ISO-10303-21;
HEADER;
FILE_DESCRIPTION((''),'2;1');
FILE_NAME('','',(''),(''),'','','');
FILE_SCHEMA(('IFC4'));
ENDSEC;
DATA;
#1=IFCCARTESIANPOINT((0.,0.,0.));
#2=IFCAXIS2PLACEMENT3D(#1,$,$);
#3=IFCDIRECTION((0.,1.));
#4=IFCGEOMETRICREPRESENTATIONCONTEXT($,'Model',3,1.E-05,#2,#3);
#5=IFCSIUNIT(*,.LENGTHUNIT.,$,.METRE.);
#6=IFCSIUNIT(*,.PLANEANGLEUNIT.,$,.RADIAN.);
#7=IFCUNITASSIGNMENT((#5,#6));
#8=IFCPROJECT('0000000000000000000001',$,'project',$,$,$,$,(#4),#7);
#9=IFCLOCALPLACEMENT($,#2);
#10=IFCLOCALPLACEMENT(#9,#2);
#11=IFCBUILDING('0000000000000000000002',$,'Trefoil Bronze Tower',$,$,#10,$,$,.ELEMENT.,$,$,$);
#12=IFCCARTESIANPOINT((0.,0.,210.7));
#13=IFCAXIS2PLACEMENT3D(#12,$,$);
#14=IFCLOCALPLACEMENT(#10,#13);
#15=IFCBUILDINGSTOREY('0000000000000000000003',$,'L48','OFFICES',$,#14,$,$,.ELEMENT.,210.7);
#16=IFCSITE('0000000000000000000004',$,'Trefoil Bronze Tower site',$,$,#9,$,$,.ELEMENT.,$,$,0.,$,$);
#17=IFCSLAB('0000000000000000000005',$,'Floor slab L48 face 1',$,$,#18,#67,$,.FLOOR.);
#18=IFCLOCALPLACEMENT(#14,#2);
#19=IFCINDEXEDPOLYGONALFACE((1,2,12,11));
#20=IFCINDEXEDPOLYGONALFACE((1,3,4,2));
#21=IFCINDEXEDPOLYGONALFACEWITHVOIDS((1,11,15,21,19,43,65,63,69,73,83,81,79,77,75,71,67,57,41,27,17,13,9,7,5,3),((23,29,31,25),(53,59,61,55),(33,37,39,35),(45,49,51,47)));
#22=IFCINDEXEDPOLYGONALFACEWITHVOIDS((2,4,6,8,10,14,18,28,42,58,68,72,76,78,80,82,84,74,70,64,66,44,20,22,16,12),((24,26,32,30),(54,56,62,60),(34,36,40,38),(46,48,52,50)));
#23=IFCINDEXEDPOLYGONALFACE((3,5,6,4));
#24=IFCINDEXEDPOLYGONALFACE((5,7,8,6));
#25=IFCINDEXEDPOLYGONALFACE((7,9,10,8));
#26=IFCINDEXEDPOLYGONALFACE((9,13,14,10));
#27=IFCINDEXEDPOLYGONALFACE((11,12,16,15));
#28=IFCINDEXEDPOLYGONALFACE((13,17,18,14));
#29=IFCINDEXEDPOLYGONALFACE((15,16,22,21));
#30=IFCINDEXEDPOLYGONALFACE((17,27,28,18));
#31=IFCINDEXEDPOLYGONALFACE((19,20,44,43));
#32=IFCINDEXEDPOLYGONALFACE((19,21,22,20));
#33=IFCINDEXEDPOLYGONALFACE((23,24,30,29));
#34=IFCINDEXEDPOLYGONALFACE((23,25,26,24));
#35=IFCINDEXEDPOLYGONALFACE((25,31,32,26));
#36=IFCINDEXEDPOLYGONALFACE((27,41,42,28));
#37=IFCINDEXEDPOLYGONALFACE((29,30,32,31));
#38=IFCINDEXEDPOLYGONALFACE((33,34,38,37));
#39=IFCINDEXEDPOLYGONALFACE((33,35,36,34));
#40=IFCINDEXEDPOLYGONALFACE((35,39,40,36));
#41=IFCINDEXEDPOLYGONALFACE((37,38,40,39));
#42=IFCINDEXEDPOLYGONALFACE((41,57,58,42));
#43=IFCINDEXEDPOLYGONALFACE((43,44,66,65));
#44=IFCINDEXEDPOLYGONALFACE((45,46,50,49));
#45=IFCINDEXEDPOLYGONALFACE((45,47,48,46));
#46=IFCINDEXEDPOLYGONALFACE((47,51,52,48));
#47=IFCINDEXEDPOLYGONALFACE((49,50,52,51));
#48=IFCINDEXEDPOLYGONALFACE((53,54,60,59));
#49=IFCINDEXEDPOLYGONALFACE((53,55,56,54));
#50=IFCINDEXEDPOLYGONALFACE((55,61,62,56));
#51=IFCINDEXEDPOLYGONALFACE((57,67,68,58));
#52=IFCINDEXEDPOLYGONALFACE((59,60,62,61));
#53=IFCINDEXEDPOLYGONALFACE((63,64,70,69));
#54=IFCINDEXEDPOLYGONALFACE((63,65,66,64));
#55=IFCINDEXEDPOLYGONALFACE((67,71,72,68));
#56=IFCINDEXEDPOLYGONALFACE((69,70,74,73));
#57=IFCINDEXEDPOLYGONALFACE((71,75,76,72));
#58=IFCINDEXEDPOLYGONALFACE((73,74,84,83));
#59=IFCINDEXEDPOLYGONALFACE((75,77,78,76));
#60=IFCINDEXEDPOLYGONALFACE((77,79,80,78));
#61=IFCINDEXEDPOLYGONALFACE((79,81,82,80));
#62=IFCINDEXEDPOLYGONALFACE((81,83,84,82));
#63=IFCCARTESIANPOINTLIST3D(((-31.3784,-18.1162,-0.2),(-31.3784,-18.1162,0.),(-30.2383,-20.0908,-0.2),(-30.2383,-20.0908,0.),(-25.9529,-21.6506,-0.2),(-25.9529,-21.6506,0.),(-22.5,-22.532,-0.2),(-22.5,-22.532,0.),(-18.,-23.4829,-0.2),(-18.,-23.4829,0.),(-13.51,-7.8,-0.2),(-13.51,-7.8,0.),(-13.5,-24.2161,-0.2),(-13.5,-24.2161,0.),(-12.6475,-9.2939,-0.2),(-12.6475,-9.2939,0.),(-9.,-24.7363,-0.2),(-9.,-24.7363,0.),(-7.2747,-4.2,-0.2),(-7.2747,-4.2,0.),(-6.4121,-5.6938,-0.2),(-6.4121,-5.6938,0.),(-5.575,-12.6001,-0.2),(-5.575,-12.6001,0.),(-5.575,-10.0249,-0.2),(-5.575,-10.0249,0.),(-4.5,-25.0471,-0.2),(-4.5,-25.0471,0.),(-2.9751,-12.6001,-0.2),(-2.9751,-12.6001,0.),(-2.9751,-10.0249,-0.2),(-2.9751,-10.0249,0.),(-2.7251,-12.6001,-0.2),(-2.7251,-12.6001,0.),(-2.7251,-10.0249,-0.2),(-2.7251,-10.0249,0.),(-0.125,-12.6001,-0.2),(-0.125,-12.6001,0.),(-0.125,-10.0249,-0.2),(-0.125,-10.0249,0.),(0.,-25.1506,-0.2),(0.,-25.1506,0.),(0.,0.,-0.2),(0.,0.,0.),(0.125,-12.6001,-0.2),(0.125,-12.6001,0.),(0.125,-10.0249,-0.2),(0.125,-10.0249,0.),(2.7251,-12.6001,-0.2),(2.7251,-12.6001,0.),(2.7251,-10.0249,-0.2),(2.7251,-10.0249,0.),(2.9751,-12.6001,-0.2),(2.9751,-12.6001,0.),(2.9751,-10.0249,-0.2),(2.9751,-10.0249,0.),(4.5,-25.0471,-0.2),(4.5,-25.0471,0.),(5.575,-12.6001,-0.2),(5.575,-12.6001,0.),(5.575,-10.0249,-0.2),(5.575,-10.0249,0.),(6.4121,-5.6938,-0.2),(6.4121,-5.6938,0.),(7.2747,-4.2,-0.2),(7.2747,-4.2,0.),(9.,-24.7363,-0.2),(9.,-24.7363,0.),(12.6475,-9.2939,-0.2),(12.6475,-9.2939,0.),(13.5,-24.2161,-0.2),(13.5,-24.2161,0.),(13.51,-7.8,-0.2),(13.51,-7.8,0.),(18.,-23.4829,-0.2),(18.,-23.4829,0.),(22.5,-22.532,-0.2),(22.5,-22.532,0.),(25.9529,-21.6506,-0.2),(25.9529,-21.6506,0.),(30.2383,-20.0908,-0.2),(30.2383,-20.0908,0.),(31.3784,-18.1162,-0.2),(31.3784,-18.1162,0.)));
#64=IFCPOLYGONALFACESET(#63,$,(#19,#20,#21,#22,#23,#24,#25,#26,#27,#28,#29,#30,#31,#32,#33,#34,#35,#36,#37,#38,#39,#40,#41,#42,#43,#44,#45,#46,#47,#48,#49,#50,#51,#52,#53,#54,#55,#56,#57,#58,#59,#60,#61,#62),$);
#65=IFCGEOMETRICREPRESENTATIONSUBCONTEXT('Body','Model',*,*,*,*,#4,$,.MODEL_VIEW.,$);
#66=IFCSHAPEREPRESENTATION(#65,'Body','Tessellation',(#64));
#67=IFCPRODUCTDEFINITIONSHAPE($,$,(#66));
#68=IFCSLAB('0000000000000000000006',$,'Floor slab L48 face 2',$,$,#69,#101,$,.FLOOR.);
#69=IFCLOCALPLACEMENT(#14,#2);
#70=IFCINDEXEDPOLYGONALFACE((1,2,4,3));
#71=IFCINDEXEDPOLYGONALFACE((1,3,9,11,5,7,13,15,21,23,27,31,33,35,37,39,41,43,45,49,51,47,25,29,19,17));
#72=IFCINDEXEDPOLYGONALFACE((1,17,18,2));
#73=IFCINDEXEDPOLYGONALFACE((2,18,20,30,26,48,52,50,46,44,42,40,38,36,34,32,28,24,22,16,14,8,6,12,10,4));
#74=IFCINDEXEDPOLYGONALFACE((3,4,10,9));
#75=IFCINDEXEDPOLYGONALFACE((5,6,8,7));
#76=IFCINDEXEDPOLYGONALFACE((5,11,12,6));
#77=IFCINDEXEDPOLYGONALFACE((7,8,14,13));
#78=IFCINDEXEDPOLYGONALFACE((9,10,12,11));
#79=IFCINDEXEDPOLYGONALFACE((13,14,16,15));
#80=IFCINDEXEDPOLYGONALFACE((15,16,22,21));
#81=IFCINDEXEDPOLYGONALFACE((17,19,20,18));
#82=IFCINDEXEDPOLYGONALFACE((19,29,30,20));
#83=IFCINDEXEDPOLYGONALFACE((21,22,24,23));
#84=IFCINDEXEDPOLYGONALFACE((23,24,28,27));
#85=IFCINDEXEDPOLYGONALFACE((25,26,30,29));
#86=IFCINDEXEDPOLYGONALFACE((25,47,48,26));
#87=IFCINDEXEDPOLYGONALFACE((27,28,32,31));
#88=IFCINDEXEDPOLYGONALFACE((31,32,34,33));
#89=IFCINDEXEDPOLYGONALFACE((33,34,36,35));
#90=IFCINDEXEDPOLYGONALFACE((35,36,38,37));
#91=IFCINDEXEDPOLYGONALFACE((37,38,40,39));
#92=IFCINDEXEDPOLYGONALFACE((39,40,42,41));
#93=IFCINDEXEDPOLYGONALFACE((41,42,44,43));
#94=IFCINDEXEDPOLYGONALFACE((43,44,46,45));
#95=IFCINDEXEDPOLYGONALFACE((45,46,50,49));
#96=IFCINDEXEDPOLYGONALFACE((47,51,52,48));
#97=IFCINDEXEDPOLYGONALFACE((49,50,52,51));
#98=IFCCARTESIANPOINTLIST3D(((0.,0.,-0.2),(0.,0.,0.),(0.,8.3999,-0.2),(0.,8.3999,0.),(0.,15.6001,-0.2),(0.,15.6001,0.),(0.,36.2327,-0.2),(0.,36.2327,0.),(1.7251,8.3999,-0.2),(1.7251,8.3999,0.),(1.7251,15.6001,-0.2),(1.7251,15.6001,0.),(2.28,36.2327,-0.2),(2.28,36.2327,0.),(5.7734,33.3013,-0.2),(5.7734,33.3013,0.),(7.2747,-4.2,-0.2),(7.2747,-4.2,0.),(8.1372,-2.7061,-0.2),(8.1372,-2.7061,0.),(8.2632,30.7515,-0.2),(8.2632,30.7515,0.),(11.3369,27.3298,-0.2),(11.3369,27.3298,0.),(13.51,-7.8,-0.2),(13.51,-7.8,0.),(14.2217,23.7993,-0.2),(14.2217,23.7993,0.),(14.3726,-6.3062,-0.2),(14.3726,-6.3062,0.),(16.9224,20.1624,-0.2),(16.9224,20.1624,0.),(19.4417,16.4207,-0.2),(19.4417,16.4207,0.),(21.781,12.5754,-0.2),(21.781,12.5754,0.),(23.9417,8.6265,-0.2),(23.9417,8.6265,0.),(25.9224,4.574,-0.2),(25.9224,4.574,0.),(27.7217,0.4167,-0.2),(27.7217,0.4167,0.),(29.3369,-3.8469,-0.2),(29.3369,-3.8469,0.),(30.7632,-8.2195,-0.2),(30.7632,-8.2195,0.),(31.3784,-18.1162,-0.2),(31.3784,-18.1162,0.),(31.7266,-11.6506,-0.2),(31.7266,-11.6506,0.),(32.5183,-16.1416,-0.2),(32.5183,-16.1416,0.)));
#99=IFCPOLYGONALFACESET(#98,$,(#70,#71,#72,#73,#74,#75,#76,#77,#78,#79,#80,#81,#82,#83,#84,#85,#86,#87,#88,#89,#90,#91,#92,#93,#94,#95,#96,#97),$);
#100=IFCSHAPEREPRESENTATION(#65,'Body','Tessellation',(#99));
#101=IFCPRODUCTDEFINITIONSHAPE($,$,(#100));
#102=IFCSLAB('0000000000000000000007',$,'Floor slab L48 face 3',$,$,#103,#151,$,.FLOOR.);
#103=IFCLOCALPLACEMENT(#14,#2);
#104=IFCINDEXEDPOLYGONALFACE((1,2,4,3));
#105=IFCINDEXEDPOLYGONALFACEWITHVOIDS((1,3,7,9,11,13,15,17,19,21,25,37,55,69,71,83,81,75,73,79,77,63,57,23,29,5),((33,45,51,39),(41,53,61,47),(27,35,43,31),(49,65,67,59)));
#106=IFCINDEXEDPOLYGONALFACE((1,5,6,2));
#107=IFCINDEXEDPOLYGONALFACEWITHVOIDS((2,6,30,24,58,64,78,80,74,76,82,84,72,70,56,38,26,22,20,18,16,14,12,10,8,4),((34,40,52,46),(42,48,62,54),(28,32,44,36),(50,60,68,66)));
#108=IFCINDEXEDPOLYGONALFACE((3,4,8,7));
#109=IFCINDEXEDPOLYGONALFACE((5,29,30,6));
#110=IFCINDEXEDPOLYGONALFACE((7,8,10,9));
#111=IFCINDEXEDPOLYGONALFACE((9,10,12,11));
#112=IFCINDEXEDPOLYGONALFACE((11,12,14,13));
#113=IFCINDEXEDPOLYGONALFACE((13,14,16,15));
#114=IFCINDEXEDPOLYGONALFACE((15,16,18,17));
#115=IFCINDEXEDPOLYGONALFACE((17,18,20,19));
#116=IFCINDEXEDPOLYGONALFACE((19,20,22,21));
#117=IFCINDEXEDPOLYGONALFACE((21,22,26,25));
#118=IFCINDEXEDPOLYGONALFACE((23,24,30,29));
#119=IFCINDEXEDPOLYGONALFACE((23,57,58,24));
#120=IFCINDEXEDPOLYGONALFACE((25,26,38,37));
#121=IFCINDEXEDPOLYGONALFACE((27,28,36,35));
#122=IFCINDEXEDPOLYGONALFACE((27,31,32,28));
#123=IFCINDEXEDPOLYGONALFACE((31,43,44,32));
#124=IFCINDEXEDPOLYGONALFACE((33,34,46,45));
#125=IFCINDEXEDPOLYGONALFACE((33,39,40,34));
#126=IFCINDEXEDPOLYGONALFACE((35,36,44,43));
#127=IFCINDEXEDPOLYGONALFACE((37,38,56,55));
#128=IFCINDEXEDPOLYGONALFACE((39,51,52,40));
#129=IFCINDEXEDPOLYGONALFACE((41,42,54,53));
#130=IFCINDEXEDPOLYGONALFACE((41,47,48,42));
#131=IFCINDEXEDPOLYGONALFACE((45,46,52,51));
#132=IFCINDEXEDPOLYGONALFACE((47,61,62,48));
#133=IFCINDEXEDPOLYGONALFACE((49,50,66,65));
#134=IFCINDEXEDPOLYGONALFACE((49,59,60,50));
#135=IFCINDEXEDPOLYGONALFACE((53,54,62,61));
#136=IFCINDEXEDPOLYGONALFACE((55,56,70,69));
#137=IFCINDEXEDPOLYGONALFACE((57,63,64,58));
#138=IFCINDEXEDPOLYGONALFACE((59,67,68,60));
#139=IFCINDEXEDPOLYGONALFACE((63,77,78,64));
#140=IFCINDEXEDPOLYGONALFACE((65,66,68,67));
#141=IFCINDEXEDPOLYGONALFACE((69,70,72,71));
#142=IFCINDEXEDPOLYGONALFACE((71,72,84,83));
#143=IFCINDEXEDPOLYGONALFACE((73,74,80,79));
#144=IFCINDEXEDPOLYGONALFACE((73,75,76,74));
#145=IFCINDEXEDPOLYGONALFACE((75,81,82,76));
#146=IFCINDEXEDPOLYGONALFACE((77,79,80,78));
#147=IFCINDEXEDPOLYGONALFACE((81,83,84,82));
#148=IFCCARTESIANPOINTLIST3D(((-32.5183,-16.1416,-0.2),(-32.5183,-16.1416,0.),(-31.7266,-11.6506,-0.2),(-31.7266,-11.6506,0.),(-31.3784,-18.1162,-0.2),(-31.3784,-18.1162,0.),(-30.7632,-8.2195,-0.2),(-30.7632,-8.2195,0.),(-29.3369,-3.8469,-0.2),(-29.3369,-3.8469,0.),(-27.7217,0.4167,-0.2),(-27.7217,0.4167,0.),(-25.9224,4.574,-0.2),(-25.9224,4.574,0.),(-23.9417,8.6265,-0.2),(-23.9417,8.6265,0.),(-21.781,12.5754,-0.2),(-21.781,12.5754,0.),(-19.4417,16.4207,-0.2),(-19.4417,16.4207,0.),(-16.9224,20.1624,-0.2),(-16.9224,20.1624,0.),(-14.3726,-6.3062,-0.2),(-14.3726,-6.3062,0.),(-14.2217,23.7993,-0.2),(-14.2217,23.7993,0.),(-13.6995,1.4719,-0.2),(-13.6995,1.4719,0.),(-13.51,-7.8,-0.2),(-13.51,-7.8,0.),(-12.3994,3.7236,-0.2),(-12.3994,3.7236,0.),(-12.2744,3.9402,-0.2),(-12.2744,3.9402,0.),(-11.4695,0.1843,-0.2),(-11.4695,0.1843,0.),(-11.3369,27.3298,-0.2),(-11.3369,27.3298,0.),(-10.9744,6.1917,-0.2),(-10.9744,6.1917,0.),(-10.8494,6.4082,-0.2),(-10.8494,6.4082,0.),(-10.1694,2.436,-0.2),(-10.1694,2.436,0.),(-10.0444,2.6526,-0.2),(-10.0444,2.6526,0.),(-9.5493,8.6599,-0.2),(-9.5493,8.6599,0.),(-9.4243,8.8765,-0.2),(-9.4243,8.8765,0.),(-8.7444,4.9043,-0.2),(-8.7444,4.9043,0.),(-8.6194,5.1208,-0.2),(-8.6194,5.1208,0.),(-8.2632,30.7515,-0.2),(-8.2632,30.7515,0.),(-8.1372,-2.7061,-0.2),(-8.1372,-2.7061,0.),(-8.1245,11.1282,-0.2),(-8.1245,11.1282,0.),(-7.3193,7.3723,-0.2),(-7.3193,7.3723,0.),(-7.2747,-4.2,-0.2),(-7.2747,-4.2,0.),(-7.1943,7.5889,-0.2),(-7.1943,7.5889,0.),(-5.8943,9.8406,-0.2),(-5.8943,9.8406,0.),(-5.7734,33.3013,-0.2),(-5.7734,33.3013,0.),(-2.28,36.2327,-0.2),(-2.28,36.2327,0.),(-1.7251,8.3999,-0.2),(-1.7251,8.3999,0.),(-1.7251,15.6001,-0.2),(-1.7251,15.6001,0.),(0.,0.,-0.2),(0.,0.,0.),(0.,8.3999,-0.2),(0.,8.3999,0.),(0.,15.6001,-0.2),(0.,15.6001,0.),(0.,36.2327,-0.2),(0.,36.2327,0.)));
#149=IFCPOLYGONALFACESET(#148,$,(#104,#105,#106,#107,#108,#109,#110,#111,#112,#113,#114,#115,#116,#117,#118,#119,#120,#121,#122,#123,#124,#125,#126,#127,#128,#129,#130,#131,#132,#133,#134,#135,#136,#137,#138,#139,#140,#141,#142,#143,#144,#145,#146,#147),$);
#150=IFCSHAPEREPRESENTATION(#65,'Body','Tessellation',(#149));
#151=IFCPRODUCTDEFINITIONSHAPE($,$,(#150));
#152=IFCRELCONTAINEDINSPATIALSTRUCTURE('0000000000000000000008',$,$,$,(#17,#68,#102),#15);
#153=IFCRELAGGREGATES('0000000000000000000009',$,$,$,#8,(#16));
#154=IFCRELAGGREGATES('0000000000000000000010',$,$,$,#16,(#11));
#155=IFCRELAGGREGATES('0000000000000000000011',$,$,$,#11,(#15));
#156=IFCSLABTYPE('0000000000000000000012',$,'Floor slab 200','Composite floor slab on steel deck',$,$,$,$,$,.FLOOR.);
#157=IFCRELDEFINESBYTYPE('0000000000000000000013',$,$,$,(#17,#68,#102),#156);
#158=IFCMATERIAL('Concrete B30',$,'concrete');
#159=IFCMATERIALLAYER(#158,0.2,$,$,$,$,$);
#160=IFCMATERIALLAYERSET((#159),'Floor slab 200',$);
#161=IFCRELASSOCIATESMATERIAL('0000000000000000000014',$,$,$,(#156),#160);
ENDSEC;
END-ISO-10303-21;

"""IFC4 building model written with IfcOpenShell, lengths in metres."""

from ifc_helpers import new_model, si_unit, direction, frame, origin, place, context, subcontext, project, spatial, polyline, outline, extrude, material, layer, layer_set, type_object, element, save


model = new_model("IFC4")

# Units and contexts
model_context = context("Model", 3, precision=1e-05, world=origin(), true_north=direction((0.0, 1.0)))
body_context = subcontext(model_context, "Body", "Model", "MODEL_VIEW")
ifc_project = project(units=[si_unit("LENGTHUNIT", "METRE"), si_unit("PLANEANGLEUNIT", "RADIAN")], contexts=[model_context])

# Site, building, storey
site_placement = place(None, origin())
site = spatial("IfcSite", under=ifc_project, at=site_placement, Name="Trefoil Bronze Tower site", CompositionType="ELEMENT", RefElevation=0.0)
building_placement = place(site_placement, origin())
building = spatial("IfcBuilding", under=site, at=building_placement, Name="Trefoil Bronze Tower", CompositionType="ELEMENT")
storey_placement = place(building_placement, frame((0.0, 0.0, 210.7)))
storey = spatial("IfcBuildingStorey", under=building, at=storey_placement, Name="L48", Description="OFFICES", CompositionType="ELEMENT", Elevation=210.7)

# Slabs
ifc_material_1 = material(Name="Concrete B30", Category="concrete")
ifc_layer_1 = layer(ifc_material_1, 0.2)
ifc_layer_set_1 = layer_set([ifc_layer_1], Name="Floor slab 200")
slab_type = type_object("IfcSlabType", Name="Floor slab 200", Description="Composite floor slab on steel deck", PredefinedType="FLOOR", material=ifc_layer_set_1)
slab_1_placement = place(storey_placement, frame((0.0, 0.0, -0.2)))
element("IfcSlab", 1, at=slab_1_placement, inside=storey, type_object=slab_type, Name="Floor slab L48 face 1", PredefinedType="FLOOR", context=body_context, shape_type="SweptSolid", body=[
    extrude(outline(polyline([(18.0, -23.4829), (13.5, -24.2161), (9.0, -24.7363), (4.5, -25.0471), (0.0, -25.1506), (-4.5, -25.0471), (-9.0, -24.7363), (-13.5, -24.2161), (-18.0, -23.4829), (-22.5, -22.532), (-25.9529, -21.6506), (-30.2383, -20.0908), (-31.3784, -18.1162), (-13.51, -7.8), (-12.6475, -9.2939), (-6.4121, -5.6938), (-7.2747, -4.2), (0.0, 0.0), (7.2747, -4.2), (6.4121, -5.6938), (12.6475, -9.2939), (13.51, -7.8), (31.3784, -18.1162), (30.2383, -20.0908), (25.9529, -21.6506), (22.5, -22.532), (18.0, -23.4829)]), holes=[polyline([(-5.575, -10.0249), (-2.9751, -10.0249), (-2.9751, -12.6001), (-5.575, -12.6001), (-5.575, -10.0249)]), polyline([(-2.7251, -10.0249), (-0.125, -10.0249), (-0.125, -12.6001), (-2.7251, -12.6001), (-2.7251, -10.0249)]), polyline([(0.125, -10.0249), (2.7251, -10.0249), (2.7251, -12.6001), (0.125, -12.6001), (0.125, -10.0249)]), polyline([(2.9751, -10.0249), (5.575, -10.0249), (5.575, -12.6001), (2.9751, -12.6001), (2.9751, -10.0249)])]), origin(), (0.0, 0.0, 1.0), 0.2),
])
slab_2_placement = place(storey_placement, frame((0.0, 0.0, -0.2)))
element("IfcSlab", 2, at=slab_2_placement, inside=storey, type_object=slab_type, Name="Floor slab L48 face 2", PredefinedType="FLOOR", context=body_context, shape_type="SweptSolid", body=[
    extrude(outline(polyline([(11.3369, 27.3298), (14.2217, 23.7993), (16.9224, 20.1624), (19.4417, 16.4207), (21.781, 12.5754), (23.9417, 8.6265), (25.9224, 4.574), (27.7217, 0.4167), (29.3369, -3.8469), (30.7632, -8.2195), (31.7266, -11.6506), (32.5183, -16.1416), (31.3784, -18.1162), (13.51, -7.8), (14.3726, -6.3062), (8.1372, -2.7061), (7.2747, -4.2), (0.0, 0.0), (0.0, 8.3999), (1.7251, 8.3999), (1.7251, 15.6001), (0.0, 15.6001), (0.0, 36.2327), (2.28, 36.2327), (5.7734, 33.3013), (8.2632, 30.7515), (11.3369, 27.3298)])), origin(), (0.0, 0.0, 1.0), 0.2),
])
slab_3_placement = place(storey_placement, frame((0.0, 0.0, -0.2)))
element("IfcSlab", 3, at=slab_3_placement, inside=storey, type_object=slab_type, Name="Floor slab L48 face 3", PredefinedType="FLOOR", context=body_context, shape_type="SweptSolid", body=[
    extrude(outline(polyline([(-29.3369, -3.8469), (-27.7217, 0.4167), (-25.9224, 4.574), (-23.9417, 8.6265), (-21.781, 12.5754), (-19.4417, 16.4207), (-16.9224, 20.1624), (-14.2217, 23.7993), (-11.3369, 27.3298), (-8.2632, 30.7515), (-5.7734, 33.3013), (-2.28, 36.2327), (0.0, 36.2327), (0.0, 15.6001), (-1.7251, 15.6001), (-1.7251, 8.3999), (0.0, 8.3999), (0.0, 0.0), (-7.2747, -4.2), (-8.1372, -2.7061), (-14.3726, -6.3062), (-13.51, -7.8), (-31.3784, -18.1162), (-32.5183, -16.1416), (-31.7266, -11.6506), (-30.7632, -8.2195), (-29.3369, -3.8469)]), holes=[polyline([(-5.8943, 9.8406), (-7.1943, 7.5889), (-9.4243, 8.8765), (-8.1245, 11.1282), (-5.8943, 9.8406)]), polyline([(-7.3193, 7.3723), (-8.6194, 5.1208), (-10.8494, 6.4082), (-9.5493, 8.6599), (-7.3193, 7.3723)]), polyline([(-8.7444, 4.9043), (-10.0444, 2.6526), (-12.2744, 3.9402), (-10.9744, 6.1917), (-8.7444, 4.9043)]), polyline([(-10.1694, 2.436), (-11.4695, 0.1843), (-13.6995, 1.4719), (-12.3994, 3.7236), (-10.1694, 2.436)])]), origin(), (0.0, 0.0, 1.0), 0.2),
])

save(model, "model.ifc")
